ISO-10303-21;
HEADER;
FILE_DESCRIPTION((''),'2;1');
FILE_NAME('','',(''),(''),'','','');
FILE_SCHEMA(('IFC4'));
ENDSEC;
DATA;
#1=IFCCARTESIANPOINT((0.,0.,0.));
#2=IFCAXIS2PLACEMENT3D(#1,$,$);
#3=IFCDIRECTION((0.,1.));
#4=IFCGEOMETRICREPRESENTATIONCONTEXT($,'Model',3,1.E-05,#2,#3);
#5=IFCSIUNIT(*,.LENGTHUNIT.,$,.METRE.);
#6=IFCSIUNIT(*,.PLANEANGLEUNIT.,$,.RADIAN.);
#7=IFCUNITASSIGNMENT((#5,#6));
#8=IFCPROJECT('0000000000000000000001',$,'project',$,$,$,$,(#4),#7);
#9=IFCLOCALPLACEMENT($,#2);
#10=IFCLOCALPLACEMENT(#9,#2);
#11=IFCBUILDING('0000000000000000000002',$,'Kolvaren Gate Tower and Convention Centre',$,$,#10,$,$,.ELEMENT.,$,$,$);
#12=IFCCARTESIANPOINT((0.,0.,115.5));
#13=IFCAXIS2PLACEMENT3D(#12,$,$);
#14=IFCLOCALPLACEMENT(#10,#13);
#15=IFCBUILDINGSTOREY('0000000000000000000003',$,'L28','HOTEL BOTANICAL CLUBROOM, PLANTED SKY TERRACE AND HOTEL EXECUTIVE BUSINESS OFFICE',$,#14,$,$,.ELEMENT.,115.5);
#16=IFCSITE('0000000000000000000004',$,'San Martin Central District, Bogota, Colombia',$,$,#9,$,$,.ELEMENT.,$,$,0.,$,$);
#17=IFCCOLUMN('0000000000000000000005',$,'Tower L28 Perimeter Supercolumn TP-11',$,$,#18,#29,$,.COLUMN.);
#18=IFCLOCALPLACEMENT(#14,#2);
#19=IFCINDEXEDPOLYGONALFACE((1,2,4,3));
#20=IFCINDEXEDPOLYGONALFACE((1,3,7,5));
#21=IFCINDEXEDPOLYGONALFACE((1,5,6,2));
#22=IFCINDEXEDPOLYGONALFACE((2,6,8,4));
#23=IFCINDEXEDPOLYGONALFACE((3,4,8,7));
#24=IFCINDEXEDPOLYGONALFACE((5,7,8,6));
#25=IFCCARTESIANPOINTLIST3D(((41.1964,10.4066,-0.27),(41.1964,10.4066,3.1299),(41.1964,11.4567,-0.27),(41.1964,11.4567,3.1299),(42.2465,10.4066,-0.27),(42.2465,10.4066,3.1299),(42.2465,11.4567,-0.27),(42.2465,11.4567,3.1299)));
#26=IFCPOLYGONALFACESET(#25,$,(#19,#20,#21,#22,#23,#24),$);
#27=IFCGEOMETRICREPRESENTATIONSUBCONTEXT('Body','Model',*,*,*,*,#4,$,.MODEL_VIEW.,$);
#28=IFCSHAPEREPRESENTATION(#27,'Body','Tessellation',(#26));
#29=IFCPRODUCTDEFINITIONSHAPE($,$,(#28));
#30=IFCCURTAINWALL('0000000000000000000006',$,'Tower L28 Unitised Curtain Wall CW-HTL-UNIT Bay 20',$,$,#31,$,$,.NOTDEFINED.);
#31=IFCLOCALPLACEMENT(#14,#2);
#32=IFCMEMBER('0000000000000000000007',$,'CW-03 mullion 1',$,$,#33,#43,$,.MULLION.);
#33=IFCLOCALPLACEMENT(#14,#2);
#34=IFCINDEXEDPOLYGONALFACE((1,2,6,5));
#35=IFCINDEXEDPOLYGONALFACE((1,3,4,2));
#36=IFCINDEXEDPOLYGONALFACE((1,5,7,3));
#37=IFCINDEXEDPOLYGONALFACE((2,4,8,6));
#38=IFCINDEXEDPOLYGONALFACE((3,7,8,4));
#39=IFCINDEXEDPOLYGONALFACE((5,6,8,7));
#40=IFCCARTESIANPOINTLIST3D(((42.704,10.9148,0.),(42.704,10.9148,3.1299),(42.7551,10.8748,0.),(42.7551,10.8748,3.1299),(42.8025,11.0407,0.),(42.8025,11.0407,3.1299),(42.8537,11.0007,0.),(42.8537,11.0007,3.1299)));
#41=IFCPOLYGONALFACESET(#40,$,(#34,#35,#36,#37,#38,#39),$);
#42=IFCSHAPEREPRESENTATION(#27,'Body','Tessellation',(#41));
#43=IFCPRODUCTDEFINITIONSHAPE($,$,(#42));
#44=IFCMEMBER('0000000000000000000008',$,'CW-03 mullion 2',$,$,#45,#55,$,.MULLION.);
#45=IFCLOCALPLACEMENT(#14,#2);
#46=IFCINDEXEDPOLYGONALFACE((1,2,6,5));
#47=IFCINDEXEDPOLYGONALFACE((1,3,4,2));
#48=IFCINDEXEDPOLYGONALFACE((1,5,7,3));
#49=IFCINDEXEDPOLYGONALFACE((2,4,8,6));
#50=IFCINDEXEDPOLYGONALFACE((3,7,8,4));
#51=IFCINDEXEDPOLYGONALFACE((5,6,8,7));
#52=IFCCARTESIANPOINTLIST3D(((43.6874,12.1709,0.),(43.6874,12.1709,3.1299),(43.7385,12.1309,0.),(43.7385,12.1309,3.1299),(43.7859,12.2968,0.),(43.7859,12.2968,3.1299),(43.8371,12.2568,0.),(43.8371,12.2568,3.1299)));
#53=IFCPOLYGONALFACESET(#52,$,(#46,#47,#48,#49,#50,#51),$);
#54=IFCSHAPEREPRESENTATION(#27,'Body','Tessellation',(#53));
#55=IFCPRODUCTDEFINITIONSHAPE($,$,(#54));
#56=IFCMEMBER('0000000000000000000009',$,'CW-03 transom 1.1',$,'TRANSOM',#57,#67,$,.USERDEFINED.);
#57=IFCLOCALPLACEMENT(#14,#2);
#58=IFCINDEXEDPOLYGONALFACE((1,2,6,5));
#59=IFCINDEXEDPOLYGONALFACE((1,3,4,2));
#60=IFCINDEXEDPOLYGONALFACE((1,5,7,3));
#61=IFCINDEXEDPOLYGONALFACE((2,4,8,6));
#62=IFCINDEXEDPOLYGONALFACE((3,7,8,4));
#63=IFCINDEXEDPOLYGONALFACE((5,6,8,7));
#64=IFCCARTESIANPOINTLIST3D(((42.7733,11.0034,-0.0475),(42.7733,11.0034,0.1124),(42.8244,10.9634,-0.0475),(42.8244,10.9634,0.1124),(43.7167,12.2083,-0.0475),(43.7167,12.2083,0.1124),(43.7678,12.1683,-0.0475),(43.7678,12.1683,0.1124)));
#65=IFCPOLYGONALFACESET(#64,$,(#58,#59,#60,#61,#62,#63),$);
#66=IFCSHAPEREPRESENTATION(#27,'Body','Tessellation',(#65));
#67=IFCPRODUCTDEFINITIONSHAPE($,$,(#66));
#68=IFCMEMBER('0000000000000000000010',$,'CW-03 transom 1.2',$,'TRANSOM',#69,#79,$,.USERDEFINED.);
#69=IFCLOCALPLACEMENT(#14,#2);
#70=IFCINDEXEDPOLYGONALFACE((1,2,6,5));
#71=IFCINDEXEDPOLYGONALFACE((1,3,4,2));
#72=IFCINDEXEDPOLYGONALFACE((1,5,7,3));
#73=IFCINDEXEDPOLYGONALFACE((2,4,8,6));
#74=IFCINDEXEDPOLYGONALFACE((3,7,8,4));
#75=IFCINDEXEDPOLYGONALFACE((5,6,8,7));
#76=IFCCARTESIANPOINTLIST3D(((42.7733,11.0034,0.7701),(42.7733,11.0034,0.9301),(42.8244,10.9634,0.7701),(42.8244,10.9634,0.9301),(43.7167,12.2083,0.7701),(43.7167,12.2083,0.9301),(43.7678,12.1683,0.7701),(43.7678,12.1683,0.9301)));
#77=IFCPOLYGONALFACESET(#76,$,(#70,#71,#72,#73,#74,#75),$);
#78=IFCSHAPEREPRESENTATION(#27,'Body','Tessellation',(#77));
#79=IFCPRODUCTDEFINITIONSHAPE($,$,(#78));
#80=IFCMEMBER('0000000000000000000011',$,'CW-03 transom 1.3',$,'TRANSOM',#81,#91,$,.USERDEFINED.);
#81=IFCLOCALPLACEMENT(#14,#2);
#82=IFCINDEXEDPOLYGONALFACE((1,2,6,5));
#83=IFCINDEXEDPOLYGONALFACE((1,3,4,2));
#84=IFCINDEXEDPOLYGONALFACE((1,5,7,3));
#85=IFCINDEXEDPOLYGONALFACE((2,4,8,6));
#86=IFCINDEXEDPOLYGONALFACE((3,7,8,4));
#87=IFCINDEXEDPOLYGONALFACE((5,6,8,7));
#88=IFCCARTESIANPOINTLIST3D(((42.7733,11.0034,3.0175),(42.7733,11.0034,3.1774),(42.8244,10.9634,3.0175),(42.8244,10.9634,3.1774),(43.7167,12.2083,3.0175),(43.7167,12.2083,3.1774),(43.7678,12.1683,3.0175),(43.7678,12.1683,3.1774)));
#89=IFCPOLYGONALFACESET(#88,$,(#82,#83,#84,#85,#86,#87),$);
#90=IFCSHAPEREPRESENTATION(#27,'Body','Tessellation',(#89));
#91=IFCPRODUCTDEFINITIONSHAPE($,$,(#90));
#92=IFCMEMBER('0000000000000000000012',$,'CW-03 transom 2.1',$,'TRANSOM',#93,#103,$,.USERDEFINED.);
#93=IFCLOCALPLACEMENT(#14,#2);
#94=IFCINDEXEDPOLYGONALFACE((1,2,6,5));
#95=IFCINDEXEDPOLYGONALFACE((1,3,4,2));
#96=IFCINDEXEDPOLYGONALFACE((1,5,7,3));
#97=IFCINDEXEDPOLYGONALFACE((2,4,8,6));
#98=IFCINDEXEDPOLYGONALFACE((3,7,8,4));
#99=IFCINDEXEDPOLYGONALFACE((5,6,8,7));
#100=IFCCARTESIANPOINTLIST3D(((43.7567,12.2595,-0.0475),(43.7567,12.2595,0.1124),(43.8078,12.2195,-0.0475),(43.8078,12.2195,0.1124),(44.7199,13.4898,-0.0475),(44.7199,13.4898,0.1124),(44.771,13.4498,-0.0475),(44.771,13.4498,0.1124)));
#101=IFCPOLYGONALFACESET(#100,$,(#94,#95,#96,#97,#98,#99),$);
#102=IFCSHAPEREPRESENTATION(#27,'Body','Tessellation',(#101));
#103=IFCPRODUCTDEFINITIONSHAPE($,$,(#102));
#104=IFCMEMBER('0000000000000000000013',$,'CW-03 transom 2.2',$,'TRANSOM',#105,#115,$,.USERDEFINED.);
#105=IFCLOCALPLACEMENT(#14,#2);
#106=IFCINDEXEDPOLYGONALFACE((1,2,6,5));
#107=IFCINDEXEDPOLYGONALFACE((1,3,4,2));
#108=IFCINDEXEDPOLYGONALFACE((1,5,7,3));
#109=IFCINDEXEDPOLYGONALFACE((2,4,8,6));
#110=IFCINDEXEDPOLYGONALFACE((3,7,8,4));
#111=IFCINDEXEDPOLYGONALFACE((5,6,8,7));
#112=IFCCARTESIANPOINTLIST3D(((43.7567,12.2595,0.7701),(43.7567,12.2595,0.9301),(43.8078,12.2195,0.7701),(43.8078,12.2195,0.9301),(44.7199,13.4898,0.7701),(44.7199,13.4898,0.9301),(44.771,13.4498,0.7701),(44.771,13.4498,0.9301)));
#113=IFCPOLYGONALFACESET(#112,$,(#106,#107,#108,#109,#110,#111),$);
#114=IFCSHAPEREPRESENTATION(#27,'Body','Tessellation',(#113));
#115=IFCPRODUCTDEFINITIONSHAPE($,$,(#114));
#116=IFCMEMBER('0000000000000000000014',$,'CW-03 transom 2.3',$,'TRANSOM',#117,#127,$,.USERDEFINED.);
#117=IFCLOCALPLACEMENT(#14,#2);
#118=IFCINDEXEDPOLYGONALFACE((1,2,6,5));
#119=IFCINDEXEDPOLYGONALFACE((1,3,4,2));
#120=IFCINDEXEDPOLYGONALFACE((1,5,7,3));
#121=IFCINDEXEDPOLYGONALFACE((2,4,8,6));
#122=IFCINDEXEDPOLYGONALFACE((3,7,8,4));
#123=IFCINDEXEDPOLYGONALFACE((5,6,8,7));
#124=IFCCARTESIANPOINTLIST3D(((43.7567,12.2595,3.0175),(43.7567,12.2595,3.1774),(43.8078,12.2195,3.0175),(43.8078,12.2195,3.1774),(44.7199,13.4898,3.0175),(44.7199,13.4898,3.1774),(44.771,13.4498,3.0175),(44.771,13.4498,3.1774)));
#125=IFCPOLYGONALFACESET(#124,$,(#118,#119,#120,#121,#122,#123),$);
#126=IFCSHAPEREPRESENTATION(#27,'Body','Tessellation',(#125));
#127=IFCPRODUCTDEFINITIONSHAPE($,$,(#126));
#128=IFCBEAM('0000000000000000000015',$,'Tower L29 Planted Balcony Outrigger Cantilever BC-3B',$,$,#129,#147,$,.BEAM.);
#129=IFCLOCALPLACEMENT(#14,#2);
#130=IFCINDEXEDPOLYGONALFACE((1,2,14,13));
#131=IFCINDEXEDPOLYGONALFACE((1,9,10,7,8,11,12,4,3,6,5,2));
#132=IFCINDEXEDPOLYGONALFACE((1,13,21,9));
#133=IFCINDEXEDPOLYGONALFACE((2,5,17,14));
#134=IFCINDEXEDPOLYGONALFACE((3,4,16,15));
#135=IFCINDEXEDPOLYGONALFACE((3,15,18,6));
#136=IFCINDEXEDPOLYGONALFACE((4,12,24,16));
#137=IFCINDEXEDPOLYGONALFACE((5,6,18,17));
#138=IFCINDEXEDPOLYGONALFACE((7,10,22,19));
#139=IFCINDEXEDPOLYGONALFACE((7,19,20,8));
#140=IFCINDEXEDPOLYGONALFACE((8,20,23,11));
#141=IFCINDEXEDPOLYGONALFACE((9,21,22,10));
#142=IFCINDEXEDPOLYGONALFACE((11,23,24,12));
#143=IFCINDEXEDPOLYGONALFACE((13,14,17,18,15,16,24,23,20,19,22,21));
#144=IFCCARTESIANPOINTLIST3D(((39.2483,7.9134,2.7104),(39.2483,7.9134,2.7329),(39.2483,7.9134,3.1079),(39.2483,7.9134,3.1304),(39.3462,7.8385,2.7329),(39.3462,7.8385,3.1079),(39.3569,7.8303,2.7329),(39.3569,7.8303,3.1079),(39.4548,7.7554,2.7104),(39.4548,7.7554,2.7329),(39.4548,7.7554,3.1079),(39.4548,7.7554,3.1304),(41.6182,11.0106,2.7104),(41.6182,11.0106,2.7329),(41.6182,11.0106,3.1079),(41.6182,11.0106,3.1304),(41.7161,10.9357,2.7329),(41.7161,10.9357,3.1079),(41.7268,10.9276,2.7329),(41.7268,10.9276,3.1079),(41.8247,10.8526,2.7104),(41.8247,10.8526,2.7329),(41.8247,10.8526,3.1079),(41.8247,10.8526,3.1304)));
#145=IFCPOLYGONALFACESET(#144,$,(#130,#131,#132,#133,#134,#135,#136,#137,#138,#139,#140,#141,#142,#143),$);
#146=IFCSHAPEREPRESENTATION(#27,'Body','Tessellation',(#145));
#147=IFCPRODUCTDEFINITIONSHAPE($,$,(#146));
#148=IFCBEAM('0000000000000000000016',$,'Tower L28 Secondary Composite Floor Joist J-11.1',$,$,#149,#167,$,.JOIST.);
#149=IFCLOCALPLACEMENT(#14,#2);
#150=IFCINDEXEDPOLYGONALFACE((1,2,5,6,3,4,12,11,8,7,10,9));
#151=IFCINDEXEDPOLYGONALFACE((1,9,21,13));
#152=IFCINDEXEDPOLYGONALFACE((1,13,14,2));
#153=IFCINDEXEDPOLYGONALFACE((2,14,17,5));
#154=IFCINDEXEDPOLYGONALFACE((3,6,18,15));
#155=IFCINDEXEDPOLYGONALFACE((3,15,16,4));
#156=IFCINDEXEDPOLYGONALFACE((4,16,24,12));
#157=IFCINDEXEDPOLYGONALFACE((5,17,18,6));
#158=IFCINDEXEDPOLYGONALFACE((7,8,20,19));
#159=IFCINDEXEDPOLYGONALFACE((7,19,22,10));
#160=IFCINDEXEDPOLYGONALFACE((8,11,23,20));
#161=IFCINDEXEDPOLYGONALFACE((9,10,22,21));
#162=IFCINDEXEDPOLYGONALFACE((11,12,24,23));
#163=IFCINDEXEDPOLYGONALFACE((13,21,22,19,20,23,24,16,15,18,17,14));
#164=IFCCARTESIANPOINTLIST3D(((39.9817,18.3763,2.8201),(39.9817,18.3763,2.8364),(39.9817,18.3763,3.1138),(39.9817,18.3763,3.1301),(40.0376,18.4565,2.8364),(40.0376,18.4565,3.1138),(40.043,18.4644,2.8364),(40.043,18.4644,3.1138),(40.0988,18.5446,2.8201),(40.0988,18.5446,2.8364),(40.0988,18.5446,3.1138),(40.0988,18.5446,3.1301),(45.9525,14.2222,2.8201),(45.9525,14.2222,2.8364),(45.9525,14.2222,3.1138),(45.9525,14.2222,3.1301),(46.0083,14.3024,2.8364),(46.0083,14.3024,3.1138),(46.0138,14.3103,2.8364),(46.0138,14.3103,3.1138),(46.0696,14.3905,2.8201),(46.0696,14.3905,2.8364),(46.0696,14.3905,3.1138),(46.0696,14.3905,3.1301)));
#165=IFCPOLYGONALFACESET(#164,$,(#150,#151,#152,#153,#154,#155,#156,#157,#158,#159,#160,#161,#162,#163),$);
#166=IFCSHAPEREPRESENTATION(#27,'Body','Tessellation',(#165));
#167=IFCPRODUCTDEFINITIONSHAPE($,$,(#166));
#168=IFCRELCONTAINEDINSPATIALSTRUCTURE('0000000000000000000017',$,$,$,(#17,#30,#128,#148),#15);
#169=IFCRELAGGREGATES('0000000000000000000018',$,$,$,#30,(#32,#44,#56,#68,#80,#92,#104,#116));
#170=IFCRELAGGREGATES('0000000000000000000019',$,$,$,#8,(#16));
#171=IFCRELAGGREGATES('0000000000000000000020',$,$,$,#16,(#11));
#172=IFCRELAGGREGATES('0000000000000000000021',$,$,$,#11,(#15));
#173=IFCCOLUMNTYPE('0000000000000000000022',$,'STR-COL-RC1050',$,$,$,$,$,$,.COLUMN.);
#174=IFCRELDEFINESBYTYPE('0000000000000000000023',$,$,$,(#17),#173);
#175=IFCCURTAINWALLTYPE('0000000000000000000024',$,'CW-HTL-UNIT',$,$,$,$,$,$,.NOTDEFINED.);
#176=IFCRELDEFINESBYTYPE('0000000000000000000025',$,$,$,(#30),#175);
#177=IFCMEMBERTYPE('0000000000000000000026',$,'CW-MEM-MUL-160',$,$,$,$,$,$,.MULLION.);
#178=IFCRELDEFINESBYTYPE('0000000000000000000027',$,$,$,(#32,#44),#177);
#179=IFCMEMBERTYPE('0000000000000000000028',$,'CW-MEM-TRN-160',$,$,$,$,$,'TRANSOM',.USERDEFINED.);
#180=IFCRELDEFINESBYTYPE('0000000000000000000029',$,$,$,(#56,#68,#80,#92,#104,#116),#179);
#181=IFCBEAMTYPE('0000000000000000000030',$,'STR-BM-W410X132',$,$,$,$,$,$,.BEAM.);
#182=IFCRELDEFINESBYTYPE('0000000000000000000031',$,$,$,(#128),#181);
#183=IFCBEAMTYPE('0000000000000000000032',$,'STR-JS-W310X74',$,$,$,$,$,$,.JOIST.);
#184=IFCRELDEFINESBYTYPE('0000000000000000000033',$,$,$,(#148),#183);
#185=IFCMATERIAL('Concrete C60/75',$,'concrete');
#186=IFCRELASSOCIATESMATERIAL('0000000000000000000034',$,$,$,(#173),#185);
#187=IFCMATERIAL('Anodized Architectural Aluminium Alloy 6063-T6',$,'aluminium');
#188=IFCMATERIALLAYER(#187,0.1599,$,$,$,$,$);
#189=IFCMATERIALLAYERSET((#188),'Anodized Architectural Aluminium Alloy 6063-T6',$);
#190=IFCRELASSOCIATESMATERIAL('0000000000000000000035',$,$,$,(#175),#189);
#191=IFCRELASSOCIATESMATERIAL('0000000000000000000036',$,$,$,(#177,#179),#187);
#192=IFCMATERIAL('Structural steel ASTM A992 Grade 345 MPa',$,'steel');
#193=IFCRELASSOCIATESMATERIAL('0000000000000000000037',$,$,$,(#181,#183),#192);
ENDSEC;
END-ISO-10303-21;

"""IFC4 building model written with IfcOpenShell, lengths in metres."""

from ifc_helpers import new_model, si_unit, direction, frame, origin, origin_2d, place, context, subcontext, project, spatial, rectangle, i_section, extrude, material, layer, layer_set, material_profile, profile_set, type_object, element, aggregate, save


model = new_model("IFC4")

# Units and contexts
model_context = context("Model", 3, precision=1e-05, world=origin(), true_north=direction((0.0, 1.0)))
body_context = subcontext(model_context, "Body", "Model", "MODEL_VIEW")
ifc_project = project(units=[si_unit("LENGTHUNIT", "METRE"), si_unit("PLANEANGLEUNIT", "RADIAN")], contexts=[model_context])

# Site, building, storey
site_placement = place(None, origin())
site = spatial("IfcSite", under=ifc_project, at=site_placement, Name="San Martin Central District, Bogota, Colombia", CompositionType="ELEMENT", RefElevation=0.0)
building_placement = place(site_placement, origin())
building = spatial("IfcBuilding", under=site, at=building_placement, Name="Kolvaren Gate Tower and Convention Centre", CompositionType="ELEMENT")
storey_placement = place(building_placement, frame((0.0, 0.0, 115.5)))
storey = spatial("IfcBuildingStorey", under=building, at=storey_placement, Name="L28", Description="HOTEL BOTANICAL CLUBROOM, PLANTED SKY TERRACE AND HOTEL EXECUTIVE BUSINESS OFFICE", CompositionType="ELEMENT", Elevation=115.5)

# Column
ifc_material_1 = material(Name="Concrete C60/75", Category="concrete")
ifc_material_profile_1 = material_profile(ifc_material_1, rectangle(XDim=1.05, YDim=1.05, at=origin_2d()), Name="RC-COL-1050X1050")
ifc_profile_set_1 = profile_set([ifc_material_profile_1], Name="Concrete C60/75")
column_type = type_object("IfcColumnType", Name="STR-COL-RC1050", PredefinedType="COLUMN", material=ifc_profile_set_1)
column_placement = place(storey_placement, frame((41.7214, 10.9316, -0.27), z_axis=(0.0, 0.0, 1.0), x_axis=(1.0, 0.0, 0.0)))
element("IfcColumn", 1, at=column_placement, inside=storey, type_object=column_type, Name="Tower L28 Perimeter Supercolumn TP-11", PredefinedType="COLUMN", context=body_context, shape_type="SweptSolid", body=[
    extrude(rectangle(XDim=1.05, YDim=1.05, at=origin_2d()), origin(), (0.0, 0.0, 1.0), 3.3999),
])

# Curtain wall, members
ifc_material_2 = material(Name="Anodized Architectural Aluminium Alloy 6063-T6", Category="aluminium")
ifc_layer_1 = layer(ifc_material_2, 0.1599)
ifc_layer_set_1 = layer_set([ifc_layer_1], Name="Anodized Architectural Aluminium Alloy 6063-T6")
curtain_wall_type = type_object("IfcCurtainWallType", Name="CW-HTL-UNIT", PredefinedType="NOTDEFINED", material=ifc_layer_set_1)
curtain_wall_placement = place(storey_placement, origin())
curtain_wall = element("IfcCurtainWall", 2, at=curtain_wall_placement, inside=storey, type_object=curtain_wall_type, Name="Tower L28 Unitised Curtain Wall CW-HTL-UNIT Bay 20", PredefinedType="NOTDEFINED")
ifc_material_profile_2 = material_profile(ifc_material_2, rectangle(XDim=0.0649, YDim=0.1599, at=origin_2d()), Name="CW-MEM-MUL-160")
ifc_profile_set_2 = profile_set([ifc_material_profile_2], Name="Anodized Architectural Aluminium Alloy 6063-T6")
member_type_1 = type_object("IfcMemberType", Name="CW-MEM-MUL-160", PredefinedType="MULLION", material=ifc_profile_set_2)
member_1_placement = place(storey_placement, frame((42.7788, 10.9578, 0.0), z_axis=(0.0, 0.0, 1.0), x_axis=(-0.787413, 0.616426, 0.0)))
member_1 = element("IfcMember", 3, at=member_1_placement, type_object=member_type_1, Name="CW-03 mullion 1", PredefinedType="MULLION", context=body_context, shape_type="SweptSolid", body=[
    extrude(rectangle(XDim=0.0649, YDim=0.1599, at=origin_2d()), origin(), (0.0, 0.0, 1.0), 3.1299),
])
member_2_placement = place(storey_placement, frame((43.7622, 12.2139, 0.0), z_axis=(0.0, 0.0, 1.0), x_axis=(-0.787413, 0.616426, 0.0)))
member_2 = element("IfcMember", 4, at=member_2_placement, type_object=member_type_1, Name="CW-03 mullion 2", PredefinedType="MULLION", context=body_context, shape_type="SweptSolid", body=[
    extrude(rectangle(XDim=0.0649, YDim=0.1599, at=origin_2d()), origin(), (0.0, 0.0, 1.0), 3.1299),
])
ifc_material_profile_3 = material_profile(ifc_material_2, rectangle(XDim=0.0649, YDim=0.1599, at=origin_2d()), Name="CW-MEM-TRN-160")
ifc_profile_set_3 = profile_set([ifc_material_profile_3], Name="Anodized Architectural Aluminium Alloy 6063-T6")
member_type_2 = type_object("IfcMemberType", Name="CW-MEM-TRN-160", ElementType="TRANSOM", PredefinedType="USERDEFINED", material=ifc_profile_set_3)
member_3_placement = place(storey_placement, frame((42.7988, 10.9834, 0.0325), z_axis=(0.616489, 0.787364, 0.0), x_axis=(-0.787364, 0.616489, 0.0)))
member_3 = element("IfcMember", 5, at=member_3_placement, type_object=member_type_2, Name="CW-03 transom 1.1", ObjectType="TRANSOM", PredefinedType="USERDEFINED", context=body_context, shape_type="SweptSolid", body=[
    extrude(rectangle(XDim=0.0649, YDim=0.1599, at=origin_2d()), origin(), (0.0, 0.0, 1.0), 1.5303),
])
member_4_placement = place(storey_placement, frame((42.7988, 10.9834, 0.8501), z_axis=(0.616489, 0.787364, 0.0), x_axis=(-0.787364, 0.616489, 0.0)))
member_4 = element("IfcMember", 6, at=member_4_placement, type_object=member_type_2, Name="CW-03 transom 1.2", ObjectType="TRANSOM", PredefinedType="USERDEFINED", context=body_context, shape_type="SweptSolid", body=[
    extrude(rectangle(XDim=0.0649, YDim=0.1599, at=origin_2d()), origin(), (0.0, 0.0, 1.0), 1.5303),
])
member_5_placement = place(storey_placement, frame((42.7988, 10.9834, 3.0974), z_axis=(0.616489, 0.787364, 0.0), x_axis=(-0.787364, 0.616489, 0.0)))
member_5 = element("IfcMember", 7, at=member_5_placement, type_object=member_type_2, Name="CW-03 transom 1.3", ObjectType="TRANSOM", PredefinedType="USERDEFINED", context=body_context, shape_type="SweptSolid", body=[
    extrude(rectangle(XDim=0.0649, YDim=0.1599, at=origin_2d()), origin(), (0.0, 0.0, 1.0), 1.5303),
])
member_6_placement = place(storey_placement, frame((43.7822, 12.2395, 0.0325), z_axis=(0.616447, 0.787396, 0.0), x_axis=(-0.787396, 0.616447, 0.0)))
member_6 = element("IfcMember", 8, at=member_6_placement, type_object=member_type_2, Name="CW-03 transom 2.1", ObjectType="TRANSOM", PredefinedType="USERDEFINED", context=body_context, shape_type="SweptSolid", body=[
    extrude(rectangle(XDim=0.0649, YDim=0.1599, at=origin_2d()), origin(), (0.0, 0.0, 1.0), 1.5625),
])
member_7_placement = place(storey_placement, frame((43.7822, 12.2395, 0.8501), z_axis=(0.616447, 0.787396, 0.0), x_axis=(-0.787396, 0.616447, 0.0)))
member_7 = element("IfcMember", 9, at=member_7_placement, type_object=member_type_2, Name="CW-03 transom 2.2", ObjectType="TRANSOM", PredefinedType="USERDEFINED", context=body_context, shape_type="SweptSolid", body=[
    extrude(rectangle(XDim=0.0649, YDim=0.1599, at=origin_2d()), origin(), (0.0, 0.0, 1.0), 1.5625),
])
member_8_placement = place(storey_placement, frame((43.7822, 12.2395, 3.0974), z_axis=(0.616447, 0.787396, 0.0), x_axis=(-0.787396, 0.616447, 0.0)))
member_8 = element("IfcMember", 10, at=member_8_placement, type_object=member_type_2, Name="CW-03 transom 2.3", ObjectType="TRANSOM", PredefinedType="USERDEFINED", context=body_context, shape_type="SweptSolid", body=[
    extrude(rectangle(XDim=0.0649, YDim=0.1599, at=origin_2d()), origin(), (0.0, 0.0, 1.0), 1.5625),
])

# Beams
ifc_material_3 = material(Name="Structural steel ASTM A992 Grade 345 MPa", Category="steel")
ifc_material_profile_4 = material_profile(ifc_material_3, i_section(OverallWidth=0.26, OverallDepth=0.4199, WebThickness=0.0134, FlangeThickness=0.0225, at=origin_2d()), Name="W410X132")
ifc_profile_set_4 = profile_set([ifc_material_profile_4], Name="Structural steel ASTM A992 Grade 345 MPa")
beam_type_1 = type_object("IfcBeamType", Name="STR-BM-W410X132", PredefinedType="BEAM", material=ifc_profile_set_4)
beam_1_placement = place(storey_placement, frame((41.7214, 10.9316, 2.9204), z_axis=(-0.607685, -0.794178, 0.0), x_axis=(0.794178, -0.607685, 0.0)))
element("IfcBeam", 11, at=beam_1_placement, inside=storey, type_object=beam_type_1, Name="Tower L29 Planted Balcony Outrigger Cantilever BC-3B", PredefinedType="BEAM", context=body_context, shape_type="SweptSolid", body=[
    extrude(i_section(OverallWidth=0.26, OverallDepth=0.4199, WebThickness=0.0134, FlangeThickness=0.0225, at=origin_2d()), origin(), (0.0, 0.0, 1.0), 3.8999),
])
ifc_material_profile_5 = material_profile(ifc_material_3, i_section(OverallWidth=0.2051, OverallDepth=0.3101, WebThickness=0.0095, FlangeThickness=0.0164, at=origin_2d()), Name="W310X74")
ifc_profile_set_5 = profile_set([ifc_material_profile_5], Name="Structural steel ASTM A992 Grade 345 MPa")
beam_type_2 = type_object("IfcBeamType", Name="STR-JS-W310X74", PredefinedType="JOIST", material=ifc_profile_set_5)
beam_2_placement = place(storey_placement, frame((40.0403, 18.4604, 2.9751), z_axis=(0.820872, -0.571113, 0.0), x_axis=(0.571113, 0.820872, 0.0)))
element("IfcBeam", 12, at=beam_2_placement, inside=storey, type_object=beam_type_2, Name="Tower L28 Secondary Composite Floor Joist J-11.1", PredefinedType="JOIST", context=body_context, shape_type="SweptSolid", body=[
    extrude(i_section(OverallWidth=0.2051, OverallDepth=0.3101, WebThickness=0.0095, FlangeThickness=0.0164, at=origin_2d()), origin(), (0.0, 0.0, 1.0), 7.2737),
])

aggregate(curtain_wall, [member_1, member_2, member_3, member_4, member_5, member_6, member_7, member_8])

save(model, "model.ifc")
